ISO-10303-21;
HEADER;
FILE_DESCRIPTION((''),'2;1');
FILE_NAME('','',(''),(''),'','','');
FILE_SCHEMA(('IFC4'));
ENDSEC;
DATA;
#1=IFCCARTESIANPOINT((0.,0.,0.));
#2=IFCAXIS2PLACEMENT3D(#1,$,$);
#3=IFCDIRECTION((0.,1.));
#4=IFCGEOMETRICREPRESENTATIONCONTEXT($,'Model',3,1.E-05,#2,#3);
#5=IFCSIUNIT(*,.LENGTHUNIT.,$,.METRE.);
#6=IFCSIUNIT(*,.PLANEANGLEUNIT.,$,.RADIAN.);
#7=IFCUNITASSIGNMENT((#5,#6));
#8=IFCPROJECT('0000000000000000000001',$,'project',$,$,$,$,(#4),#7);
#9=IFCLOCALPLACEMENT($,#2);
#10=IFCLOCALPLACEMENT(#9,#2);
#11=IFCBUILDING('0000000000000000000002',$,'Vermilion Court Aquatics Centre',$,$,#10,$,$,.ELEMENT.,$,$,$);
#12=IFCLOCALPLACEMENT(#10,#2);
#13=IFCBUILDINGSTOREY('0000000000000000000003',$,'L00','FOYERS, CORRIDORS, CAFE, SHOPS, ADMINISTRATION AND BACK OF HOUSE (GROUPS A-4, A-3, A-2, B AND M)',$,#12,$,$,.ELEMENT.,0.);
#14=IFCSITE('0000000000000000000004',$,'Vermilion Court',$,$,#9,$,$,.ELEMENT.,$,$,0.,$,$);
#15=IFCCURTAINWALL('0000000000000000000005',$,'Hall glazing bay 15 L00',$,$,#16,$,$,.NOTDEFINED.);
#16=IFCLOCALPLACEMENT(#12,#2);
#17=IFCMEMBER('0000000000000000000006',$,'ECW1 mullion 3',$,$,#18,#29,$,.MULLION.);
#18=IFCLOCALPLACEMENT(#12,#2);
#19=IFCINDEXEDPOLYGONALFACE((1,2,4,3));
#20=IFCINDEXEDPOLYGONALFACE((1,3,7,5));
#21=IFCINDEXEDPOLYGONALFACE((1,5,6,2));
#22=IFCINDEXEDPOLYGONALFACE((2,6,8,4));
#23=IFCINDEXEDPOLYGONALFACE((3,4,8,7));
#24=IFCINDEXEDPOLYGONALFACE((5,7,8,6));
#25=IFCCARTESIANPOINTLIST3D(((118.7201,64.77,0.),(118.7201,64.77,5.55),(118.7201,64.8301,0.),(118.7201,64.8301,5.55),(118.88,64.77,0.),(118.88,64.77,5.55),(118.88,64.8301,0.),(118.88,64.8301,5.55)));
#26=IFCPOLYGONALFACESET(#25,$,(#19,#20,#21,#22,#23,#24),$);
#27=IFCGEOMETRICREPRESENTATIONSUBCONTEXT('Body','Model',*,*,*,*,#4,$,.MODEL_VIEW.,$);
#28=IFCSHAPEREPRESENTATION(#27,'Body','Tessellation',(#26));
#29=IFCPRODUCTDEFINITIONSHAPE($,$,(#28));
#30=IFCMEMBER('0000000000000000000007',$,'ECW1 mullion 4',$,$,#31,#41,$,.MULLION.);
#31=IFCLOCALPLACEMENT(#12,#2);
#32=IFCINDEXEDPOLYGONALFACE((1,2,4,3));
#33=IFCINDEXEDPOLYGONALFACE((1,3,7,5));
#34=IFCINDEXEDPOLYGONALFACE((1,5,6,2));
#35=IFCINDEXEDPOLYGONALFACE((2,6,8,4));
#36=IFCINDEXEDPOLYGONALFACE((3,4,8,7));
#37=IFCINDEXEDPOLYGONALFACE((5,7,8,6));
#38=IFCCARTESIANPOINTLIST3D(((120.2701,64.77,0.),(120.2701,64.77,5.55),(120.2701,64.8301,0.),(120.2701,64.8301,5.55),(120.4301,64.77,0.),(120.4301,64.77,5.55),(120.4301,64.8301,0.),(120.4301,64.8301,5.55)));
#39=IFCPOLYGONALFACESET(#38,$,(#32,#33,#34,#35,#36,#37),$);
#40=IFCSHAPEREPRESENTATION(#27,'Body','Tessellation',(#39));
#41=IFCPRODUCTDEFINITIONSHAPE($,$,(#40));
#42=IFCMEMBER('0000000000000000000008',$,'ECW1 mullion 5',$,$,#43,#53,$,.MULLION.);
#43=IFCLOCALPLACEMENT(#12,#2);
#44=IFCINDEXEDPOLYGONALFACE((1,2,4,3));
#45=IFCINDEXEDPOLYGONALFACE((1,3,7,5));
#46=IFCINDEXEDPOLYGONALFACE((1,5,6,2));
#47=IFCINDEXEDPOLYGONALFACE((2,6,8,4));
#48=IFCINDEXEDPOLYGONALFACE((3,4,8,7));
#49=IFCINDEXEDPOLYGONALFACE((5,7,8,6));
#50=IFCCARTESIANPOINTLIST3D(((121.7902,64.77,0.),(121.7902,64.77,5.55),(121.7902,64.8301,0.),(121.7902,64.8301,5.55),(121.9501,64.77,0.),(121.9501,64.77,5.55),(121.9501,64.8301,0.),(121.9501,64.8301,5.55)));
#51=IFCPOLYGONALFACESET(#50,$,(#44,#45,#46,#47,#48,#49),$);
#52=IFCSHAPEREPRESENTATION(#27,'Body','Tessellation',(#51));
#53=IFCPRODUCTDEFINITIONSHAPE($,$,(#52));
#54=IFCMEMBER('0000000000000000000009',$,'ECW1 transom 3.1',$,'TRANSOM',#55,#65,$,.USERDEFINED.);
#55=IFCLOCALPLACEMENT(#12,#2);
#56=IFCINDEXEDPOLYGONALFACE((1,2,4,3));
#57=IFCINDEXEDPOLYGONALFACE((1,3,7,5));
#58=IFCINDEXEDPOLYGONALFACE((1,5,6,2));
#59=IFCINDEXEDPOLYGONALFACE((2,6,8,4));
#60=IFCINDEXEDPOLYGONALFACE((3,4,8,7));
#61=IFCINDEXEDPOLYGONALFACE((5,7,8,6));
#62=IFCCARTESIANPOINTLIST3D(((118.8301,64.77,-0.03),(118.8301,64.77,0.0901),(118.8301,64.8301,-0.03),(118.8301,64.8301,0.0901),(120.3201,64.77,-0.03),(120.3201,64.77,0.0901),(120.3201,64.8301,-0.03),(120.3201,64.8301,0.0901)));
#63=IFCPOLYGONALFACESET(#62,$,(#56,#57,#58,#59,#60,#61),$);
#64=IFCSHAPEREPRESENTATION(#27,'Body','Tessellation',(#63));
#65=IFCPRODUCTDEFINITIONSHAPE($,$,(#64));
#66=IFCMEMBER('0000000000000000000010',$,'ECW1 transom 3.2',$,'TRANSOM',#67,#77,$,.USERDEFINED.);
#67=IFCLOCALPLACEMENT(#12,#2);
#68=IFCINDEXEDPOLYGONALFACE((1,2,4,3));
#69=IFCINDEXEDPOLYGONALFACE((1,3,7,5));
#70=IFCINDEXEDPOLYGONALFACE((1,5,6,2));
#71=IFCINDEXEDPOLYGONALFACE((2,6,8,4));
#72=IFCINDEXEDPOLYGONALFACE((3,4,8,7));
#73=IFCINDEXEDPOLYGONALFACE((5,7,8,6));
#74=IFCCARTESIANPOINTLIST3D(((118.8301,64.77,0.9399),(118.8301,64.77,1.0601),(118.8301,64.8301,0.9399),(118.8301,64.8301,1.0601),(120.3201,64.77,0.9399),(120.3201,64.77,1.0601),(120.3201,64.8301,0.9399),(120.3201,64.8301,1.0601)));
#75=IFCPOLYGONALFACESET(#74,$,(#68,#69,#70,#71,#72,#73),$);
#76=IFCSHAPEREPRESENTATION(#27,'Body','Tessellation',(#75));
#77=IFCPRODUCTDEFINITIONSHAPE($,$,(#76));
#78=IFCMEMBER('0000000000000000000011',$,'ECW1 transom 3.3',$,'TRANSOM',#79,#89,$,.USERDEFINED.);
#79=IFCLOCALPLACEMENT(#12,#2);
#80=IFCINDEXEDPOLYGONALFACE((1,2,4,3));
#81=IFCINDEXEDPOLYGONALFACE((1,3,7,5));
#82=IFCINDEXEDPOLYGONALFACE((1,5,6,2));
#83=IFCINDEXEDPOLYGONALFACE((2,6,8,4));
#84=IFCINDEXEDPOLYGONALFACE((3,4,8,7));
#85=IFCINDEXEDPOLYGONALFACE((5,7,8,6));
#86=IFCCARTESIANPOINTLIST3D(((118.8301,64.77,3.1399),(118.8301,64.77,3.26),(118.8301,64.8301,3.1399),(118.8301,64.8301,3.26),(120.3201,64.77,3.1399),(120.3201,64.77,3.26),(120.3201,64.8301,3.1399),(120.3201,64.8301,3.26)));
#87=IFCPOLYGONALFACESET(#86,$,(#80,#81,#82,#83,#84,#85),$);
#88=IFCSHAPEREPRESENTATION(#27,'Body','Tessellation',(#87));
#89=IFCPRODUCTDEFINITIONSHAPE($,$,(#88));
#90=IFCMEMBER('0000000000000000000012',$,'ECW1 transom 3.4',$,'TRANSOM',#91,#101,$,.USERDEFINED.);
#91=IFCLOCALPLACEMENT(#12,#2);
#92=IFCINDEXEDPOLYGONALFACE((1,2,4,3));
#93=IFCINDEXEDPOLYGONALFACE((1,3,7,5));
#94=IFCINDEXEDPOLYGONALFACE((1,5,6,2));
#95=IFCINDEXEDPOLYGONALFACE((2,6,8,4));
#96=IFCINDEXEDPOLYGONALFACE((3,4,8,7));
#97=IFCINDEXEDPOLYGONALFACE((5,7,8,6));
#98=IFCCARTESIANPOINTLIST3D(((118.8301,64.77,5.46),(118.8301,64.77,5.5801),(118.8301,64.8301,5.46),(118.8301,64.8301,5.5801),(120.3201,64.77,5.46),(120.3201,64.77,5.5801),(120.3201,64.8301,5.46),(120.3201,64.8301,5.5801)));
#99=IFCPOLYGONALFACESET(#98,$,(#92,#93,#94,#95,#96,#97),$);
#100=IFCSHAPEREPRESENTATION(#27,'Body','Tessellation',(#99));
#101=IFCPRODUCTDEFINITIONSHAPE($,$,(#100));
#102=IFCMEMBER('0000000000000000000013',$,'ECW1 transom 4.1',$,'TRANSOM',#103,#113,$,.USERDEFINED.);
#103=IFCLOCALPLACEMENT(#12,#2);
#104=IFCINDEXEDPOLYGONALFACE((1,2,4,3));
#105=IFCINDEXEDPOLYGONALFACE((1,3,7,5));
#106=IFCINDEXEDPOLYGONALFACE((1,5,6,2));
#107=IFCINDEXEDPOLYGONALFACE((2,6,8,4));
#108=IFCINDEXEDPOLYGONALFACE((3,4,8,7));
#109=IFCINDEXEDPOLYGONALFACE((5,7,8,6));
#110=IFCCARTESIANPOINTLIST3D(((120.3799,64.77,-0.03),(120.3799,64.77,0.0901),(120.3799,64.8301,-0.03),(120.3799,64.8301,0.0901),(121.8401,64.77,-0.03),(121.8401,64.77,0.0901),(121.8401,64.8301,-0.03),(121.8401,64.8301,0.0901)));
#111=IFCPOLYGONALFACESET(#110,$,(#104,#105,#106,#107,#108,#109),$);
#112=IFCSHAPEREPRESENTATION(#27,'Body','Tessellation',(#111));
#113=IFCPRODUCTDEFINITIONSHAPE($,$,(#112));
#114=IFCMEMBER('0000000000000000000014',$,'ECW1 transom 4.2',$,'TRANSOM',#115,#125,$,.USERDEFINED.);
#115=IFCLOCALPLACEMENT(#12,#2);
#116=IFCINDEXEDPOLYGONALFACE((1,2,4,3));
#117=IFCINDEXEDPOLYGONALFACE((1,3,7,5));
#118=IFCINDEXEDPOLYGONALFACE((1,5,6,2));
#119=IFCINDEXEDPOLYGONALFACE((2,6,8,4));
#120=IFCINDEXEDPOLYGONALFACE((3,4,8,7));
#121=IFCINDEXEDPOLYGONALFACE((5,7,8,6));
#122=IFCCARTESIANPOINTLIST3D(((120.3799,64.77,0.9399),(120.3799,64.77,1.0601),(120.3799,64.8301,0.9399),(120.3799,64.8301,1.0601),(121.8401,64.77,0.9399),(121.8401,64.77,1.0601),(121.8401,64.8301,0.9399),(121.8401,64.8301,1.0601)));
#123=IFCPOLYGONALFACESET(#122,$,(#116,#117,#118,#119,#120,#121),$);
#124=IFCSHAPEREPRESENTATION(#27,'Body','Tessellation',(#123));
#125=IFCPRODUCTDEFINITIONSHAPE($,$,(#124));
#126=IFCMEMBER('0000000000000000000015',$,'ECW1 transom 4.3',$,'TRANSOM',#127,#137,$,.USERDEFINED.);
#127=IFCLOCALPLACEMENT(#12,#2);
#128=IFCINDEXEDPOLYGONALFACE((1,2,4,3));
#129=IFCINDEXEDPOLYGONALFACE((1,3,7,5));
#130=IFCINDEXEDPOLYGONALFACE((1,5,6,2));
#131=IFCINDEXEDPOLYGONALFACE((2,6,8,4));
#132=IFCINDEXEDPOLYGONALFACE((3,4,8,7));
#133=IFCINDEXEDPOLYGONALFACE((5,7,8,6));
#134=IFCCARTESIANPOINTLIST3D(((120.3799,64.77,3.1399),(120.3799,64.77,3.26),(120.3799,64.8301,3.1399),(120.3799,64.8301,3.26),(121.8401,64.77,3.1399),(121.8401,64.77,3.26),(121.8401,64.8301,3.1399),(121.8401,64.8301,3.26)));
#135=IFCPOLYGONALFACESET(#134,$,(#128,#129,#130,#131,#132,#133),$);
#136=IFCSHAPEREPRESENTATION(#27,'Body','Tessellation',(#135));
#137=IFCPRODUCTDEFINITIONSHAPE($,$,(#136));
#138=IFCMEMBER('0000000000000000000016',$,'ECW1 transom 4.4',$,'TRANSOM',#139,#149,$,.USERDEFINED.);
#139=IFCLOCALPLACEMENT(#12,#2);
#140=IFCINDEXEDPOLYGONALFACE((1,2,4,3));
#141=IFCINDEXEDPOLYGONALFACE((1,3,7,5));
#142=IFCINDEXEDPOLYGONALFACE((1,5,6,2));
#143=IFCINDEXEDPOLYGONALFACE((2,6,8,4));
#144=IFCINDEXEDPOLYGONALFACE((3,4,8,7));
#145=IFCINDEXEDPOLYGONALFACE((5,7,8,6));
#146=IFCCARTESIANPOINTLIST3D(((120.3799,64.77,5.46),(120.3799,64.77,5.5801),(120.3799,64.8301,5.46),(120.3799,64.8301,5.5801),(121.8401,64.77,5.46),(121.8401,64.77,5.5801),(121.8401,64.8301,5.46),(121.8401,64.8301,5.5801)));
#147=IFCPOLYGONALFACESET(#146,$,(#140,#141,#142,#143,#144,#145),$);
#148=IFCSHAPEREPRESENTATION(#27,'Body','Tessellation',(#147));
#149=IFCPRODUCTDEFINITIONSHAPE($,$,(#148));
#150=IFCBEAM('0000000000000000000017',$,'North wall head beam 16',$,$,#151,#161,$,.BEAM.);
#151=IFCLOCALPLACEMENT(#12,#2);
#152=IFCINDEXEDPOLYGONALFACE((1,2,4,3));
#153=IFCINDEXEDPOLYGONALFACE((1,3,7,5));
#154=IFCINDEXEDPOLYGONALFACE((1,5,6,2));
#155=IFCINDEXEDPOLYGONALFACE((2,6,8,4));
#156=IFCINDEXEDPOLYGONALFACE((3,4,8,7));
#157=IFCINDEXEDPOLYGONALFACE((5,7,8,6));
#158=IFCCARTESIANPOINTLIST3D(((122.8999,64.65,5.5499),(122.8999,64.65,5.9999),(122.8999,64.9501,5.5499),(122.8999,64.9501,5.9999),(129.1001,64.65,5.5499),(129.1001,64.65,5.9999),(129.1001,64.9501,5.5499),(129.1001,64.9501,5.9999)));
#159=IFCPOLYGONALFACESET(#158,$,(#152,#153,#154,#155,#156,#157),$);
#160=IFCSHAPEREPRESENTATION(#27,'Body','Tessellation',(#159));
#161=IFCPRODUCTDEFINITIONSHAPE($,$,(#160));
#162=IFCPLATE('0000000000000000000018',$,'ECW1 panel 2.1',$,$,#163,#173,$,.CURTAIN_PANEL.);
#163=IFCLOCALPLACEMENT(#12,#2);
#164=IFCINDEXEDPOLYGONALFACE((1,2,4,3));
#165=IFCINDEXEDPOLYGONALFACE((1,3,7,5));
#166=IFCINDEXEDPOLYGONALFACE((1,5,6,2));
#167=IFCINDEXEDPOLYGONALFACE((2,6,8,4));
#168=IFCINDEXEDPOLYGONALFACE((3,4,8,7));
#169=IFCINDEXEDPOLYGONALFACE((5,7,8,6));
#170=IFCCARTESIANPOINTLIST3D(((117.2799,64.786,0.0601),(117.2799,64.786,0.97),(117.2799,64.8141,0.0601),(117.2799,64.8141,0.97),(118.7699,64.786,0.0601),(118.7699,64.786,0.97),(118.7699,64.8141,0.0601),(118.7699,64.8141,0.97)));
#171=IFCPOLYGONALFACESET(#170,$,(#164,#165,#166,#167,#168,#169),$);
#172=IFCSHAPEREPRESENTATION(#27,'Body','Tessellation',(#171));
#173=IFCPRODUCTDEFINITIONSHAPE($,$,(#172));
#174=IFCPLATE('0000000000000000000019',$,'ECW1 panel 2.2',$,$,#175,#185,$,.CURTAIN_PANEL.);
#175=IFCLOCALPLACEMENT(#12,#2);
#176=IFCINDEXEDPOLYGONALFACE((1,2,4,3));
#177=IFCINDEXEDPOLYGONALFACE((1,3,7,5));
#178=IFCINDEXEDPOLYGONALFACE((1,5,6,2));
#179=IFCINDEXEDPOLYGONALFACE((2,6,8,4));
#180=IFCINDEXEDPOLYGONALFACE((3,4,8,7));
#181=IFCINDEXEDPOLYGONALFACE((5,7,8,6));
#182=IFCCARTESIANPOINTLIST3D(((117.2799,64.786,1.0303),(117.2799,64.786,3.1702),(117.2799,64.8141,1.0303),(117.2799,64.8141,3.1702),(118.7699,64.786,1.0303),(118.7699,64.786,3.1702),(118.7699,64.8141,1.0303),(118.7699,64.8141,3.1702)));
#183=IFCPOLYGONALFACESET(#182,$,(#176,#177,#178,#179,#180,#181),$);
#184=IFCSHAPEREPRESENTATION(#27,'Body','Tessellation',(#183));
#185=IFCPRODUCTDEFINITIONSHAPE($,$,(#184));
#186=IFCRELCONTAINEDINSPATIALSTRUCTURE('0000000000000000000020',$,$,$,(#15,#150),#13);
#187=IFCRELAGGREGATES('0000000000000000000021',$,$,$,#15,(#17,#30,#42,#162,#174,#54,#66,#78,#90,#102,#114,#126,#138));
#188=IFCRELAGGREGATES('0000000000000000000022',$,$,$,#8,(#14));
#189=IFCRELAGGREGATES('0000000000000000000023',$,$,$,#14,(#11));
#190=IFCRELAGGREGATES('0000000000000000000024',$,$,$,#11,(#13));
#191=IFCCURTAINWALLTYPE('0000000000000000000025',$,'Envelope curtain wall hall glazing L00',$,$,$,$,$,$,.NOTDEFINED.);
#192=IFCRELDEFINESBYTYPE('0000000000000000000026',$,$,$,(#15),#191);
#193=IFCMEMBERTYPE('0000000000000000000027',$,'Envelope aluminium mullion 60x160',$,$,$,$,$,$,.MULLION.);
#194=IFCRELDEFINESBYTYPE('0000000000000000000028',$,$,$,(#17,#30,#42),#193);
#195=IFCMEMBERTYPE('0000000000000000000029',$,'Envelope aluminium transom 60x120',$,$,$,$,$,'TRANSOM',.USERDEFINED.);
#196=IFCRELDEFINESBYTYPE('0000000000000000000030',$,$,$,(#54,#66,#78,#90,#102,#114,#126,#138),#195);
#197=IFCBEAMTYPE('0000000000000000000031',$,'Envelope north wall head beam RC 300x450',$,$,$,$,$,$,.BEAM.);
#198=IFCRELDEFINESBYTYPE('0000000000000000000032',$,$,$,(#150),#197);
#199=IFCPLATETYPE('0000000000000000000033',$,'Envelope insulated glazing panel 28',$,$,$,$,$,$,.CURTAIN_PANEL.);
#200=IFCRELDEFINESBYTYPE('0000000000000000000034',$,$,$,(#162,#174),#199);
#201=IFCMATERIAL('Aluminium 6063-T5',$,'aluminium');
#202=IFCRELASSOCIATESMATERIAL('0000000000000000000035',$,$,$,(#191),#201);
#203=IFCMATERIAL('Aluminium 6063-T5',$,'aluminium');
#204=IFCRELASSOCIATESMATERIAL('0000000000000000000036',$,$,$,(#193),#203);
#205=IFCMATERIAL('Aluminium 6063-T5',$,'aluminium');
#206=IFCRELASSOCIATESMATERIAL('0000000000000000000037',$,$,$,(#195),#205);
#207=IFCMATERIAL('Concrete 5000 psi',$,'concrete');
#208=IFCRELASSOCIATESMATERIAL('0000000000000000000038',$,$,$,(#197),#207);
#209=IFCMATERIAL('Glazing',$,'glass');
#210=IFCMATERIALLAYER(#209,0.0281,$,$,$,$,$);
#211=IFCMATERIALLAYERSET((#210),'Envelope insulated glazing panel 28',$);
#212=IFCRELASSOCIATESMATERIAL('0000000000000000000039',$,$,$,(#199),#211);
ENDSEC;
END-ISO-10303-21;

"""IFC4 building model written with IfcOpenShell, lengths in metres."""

from ifc_helpers import new_model, si_unit, direction, frame, origin, origin_2d, place, context, subcontext, project, spatial, rectangle, extrude, material, layer, layer_set, material_profile, profile_set, type_object, element, aggregate, save


model = new_model("IFC4")

# Units and contexts
model_context = context("Model", 3, precision=1e-05, world=origin(), true_north=direction((0.0, 1.0)))
body_context = subcontext(model_context, "Body", "Model", "MODEL_VIEW")
ifc_project = project(units=[si_unit("LENGTHUNIT", "METRE"), si_unit("PLANEANGLEUNIT", "RADIAN")], contexts=[model_context])

# Site, building, storey
site_placement = place(None, origin())
site = spatial("IfcSite", under=ifc_project, at=site_placement, Name="Vermilion Court", CompositionType="ELEMENT", RefElevation=0.0)
building_placement = place(site_placement, origin())
building = spatial("IfcBuilding", under=site, at=building_placement, Name="Vermilion Court Aquatics Centre", CompositionType="ELEMENT")
storey_placement = place(building_placement, origin())
storey = spatial("IfcBuildingStorey", under=building, at=storey_placement, Name="L00", Description="FOYERS, CORRIDORS, CAFE, SHOPS, ADMINISTRATION AND BACK OF HOUSE (GROUPS A-4, A-3, A-2, B AND M)", CompositionType="ELEMENT", Elevation=0.0)

# Curtain wall, members
ifc_material_1 = material(Name="Aluminium 6063-T5", Category="aluminium")
curtain_wall_type = type_object("IfcCurtainWallType", Name="Envelope curtain wall hall glazing L00", PredefinedType="NOTDEFINED", material=ifc_material_1)
curtain_wall_placement = place(storey_placement, origin())
curtain_wall = element("IfcCurtainWall", 1, at=curtain_wall_placement, inside=storey, type_object=curtain_wall_type, Name="Hall glazing bay 15 L00", PredefinedType="NOTDEFINED")
ifc_material_2 = material(Name="Aluminium 6063-T5", Category="aluminium")
ifc_material_profile_1 = material_profile(ifc_material_2, rectangle(XDim=0.0601, YDim=0.1599, at=origin_2d()), Name="AL 60x160")
ifc_profile_set_1 = profile_set([ifc_material_profile_1], Name="Aluminium 6063-T5")
member_type_1 = type_object("IfcMemberType", Name="Envelope aluminium mullion 60x160", PredefinedType="MULLION", material=ifc_profile_set_1)
member_1_placement = place(storey_placement, frame((118.8, 64.8, 0.0), z_axis=(0.0, 0.0, 1.0), x_axis=(0.0, 1.0, 0.0)))
member_1 = element("IfcMember", 2, at=member_1_placement, type_object=member_type_1, Name="ECW1 mullion 3", PredefinedType="MULLION", context=body_context, shape_type="SweptSolid", body=[
    extrude(rectangle(XDim=0.0601, YDim=0.1599, at=origin_2d()), origin(), (0.0, 0.0, 1.0), 5.55),
])
member_2_placement = place(storey_placement, frame((120.3501, 64.8, 0.0), z_axis=(0.0, 0.0, 1.0), x_axis=(0.0, 1.0, 0.0)))
member_2 = element("IfcMember", 3, at=member_2_placement, type_object=member_type_1, Name="ECW1 mullion 4", PredefinedType="MULLION", context=body_context, shape_type="SweptSolid", body=[
    extrude(rectangle(XDim=0.0601, YDim=0.1599, at=origin_2d()), origin(), (0.0, 0.0, 1.0), 5.55),
])
member_3_placement = place(storey_placement, frame((121.8701, 64.8, 0.0), z_axis=(0.0, 0.0, 1.0), x_axis=(0.0, 1.0, 0.0)))
member_3 = element("IfcMember", 4, at=member_3_placement, type_object=member_type_1, Name="ECW1 mullion 5", PredefinedType="MULLION", context=body_context, shape_type="SweptSolid", body=[
    extrude(rectangle(XDim=0.0601, YDim=0.1599, at=origin_2d()), origin(), (0.0, 0.0, 1.0), 5.55),
])
ifc_material_3 = material(Name="Aluminium 6063-T5", Category="aluminium")
ifc_material_profile_2 = material_profile(ifc_material_3, rectangle(XDim=0.0601, YDim=0.1201, at=origin_2d()), Name="AL 60x120")
ifc_profile_set_2 = profile_set([ifc_material_profile_2], Name="Aluminium 6063-T5")
member_type_2 = type_object("IfcMemberType", Name="Envelope aluminium transom 60x120", ElementType="TRANSOM", PredefinedType="USERDEFINED", material=ifc_profile_set_2)
member_4_placement = place(storey_placement, frame((118.8301, 64.8, 0.03), z_axis=(1.0, 0.0, 0.0), x_axis=(0.0, 1.0, 0.0)))
member_4 = element("IfcMember", 5, at=member_4_placement, type_object=member_type_2, Name="ECW1 transom 3.1", ObjectType="TRANSOM", PredefinedType="USERDEFINED", context=body_context, shape_type="SweptSolid", body=[
    extrude(rectangle(XDim=0.0601, YDim=0.1201, at=origin_2d()), origin(), (0.0, 0.0, 1.0), 1.49),
])
member_5_placement = place(storey_placement, frame((118.8301, 64.8, 1.0), z_axis=(1.0, 0.0, 0.0), x_axis=(0.0, 1.0, 0.0)))
member_5 = element("IfcMember", 6, at=member_5_placement, type_object=member_type_2, Name="ECW1 transom 3.2", ObjectType="TRANSOM", PredefinedType="USERDEFINED", context=body_context, shape_type="SweptSolid", body=[
    extrude(rectangle(XDim=0.0601, YDim=0.1201, at=origin_2d()), origin(), (0.0, 0.0, 1.0), 1.49),
])
member_6_placement = place(storey_placement, frame((118.8301, 64.8, 3.2), z_axis=(1.0, 0.0, 0.0), x_axis=(0.0, 1.0, 0.0)))
member_6 = element("IfcMember", 7, at=member_6_placement, type_object=member_type_2, Name="ECW1 transom 3.3", ObjectType="TRANSOM", PredefinedType="USERDEFINED", context=body_context, shape_type="SweptSolid", body=[
    extrude(rectangle(XDim=0.0601, YDim=0.1201, at=origin_2d()), origin(), (0.0, 0.0, 1.0), 1.49),
])
member_7_placement = place(storey_placement, frame((118.8301, 64.8, 5.52), z_axis=(1.0, 0.0, 0.0), x_axis=(0.0, 1.0, 0.0)))
member_7 = element("IfcMember", 8, at=member_7_placement, type_object=member_type_2, Name="ECW1 transom 3.4", ObjectType="TRANSOM", PredefinedType="USERDEFINED", context=body_context, shape_type="SweptSolid", body=[
    extrude(rectangle(XDim=0.0601, YDim=0.1201, at=origin_2d()), origin(), (0.0, 0.0, 1.0), 1.49),
])
member_8_placement = place(storey_placement, frame((120.3799, 64.8, 0.03), z_axis=(1.0, 0.0, 0.0), x_axis=(0.0, 1.0, 0.0)))
member_8 = element("IfcMember", 9, at=member_8_placement, type_object=member_type_2, Name="ECW1 transom 4.1", ObjectType="TRANSOM", PredefinedType="USERDEFINED", context=body_context, shape_type="SweptSolid", body=[
    extrude(rectangle(XDim=0.0601, YDim=0.1201, at=origin_2d()), origin(), (0.0, 0.0, 1.0), 1.4602),
])
member_9_placement = place(storey_placement, frame((120.3799, 64.8, 1.0), z_axis=(1.0, 0.0, 0.0), x_axis=(0.0, 1.0, 0.0)))
member_9 = element("IfcMember", 10, at=member_9_placement, type_object=member_type_2, Name="ECW1 transom 4.2", ObjectType="TRANSOM", PredefinedType="USERDEFINED", context=body_context, shape_type="SweptSolid", body=[
    extrude(rectangle(XDim=0.0601, YDim=0.1201, at=origin_2d()), origin(), (0.0, 0.0, 1.0), 1.4602),
])
member_10_placement = place(storey_placement, frame((120.3799, 64.8, 3.2), z_axis=(1.0, 0.0, 0.0), x_axis=(0.0, 1.0, 0.0)))
member_10 = element("IfcMember", 11, at=member_10_placement, type_object=member_type_2, Name="ECW1 transom 4.3", ObjectType="TRANSOM", PredefinedType="USERDEFINED", context=body_context, shape_type="SweptSolid", body=[
    extrude(rectangle(XDim=0.0601, YDim=0.1201, at=origin_2d()), origin(), (0.0, 0.0, 1.0), 1.4602),
])
member_11_placement = place(storey_placement, frame((120.3799, 64.8, 5.52), z_axis=(1.0, 0.0, 0.0), x_axis=(0.0, 1.0, 0.0)))
member_11 = element("IfcMember", 12, at=member_11_placement, type_object=member_type_2, Name="ECW1 transom 4.4", ObjectType="TRANSOM", PredefinedType="USERDEFINED", context=body_context, shape_type="SweptSolid", body=[
    extrude(rectangle(XDim=0.0601, YDim=0.1201, at=origin_2d()), origin(), (0.0, 0.0, 1.0), 1.4602),
])

# Beam
ifc_material_4 = material(Name="Concrete 5000 psi", Category="concrete")
ifc_material_profile_3 = material_profile(ifc_material_4, rectangle(XDim=0.3, YDim=0.45, at=origin_2d()), Name="RC 300x450")
ifc_profile_set_3 = profile_set([ifc_material_profile_3], Name="Concrete 5000 psi")
beam_type = type_object("IfcBeamType", Name="Envelope north wall head beam RC 300x450", PredefinedType="BEAM", material=ifc_profile_set_3)
beam_placement = place(storey_placement, frame((122.8999, 64.8, 5.7749), z_axis=(1.0, 0.0, 0.0), x_axis=(0.0, 1.0, 0.0)))
element("IfcBeam", 13, at=beam_placement, inside=storey, type_object=beam_type, Name="North wall head beam 16", PredefinedType="BEAM", context=body_context, shape_type="SweptSolid", body=[
    extrude(rectangle(XDim=0.3, YDim=0.45, at=origin_2d()), origin(), (0.0, 0.0, 1.0), 6.2002),
])

# Plates
ifc_material_5 = material(Name="Glazing", Category="glass")
ifc_layer = layer(ifc_material_5, 0.0281)
ifc_layer_set = layer_set([ifc_layer], Name="Envelope insulated glazing panel 28")
plate_type = type_object("IfcPlateType", Name="Envelope insulated glazing panel 28", PredefinedType="CURTAIN_PANEL", material=ifc_layer_set)
plate_1_placement = place(storey_placement, frame((118.0249, 64.8, 0.0601), z_axis=(0.0, 0.0, 1.0), x_axis=(1.0, 0.0, 0.0)))
plate_1 = element("IfcPlate", 14, at=plate_1_placement, type_object=plate_type, Name="ECW1 panel 2.1", PredefinedType="CURTAIN_PANEL", context=body_context, shape_type="SweptSolid", body=[
    extrude(rectangle(XDim=1.49, YDim=0.0281, at=origin_2d()), origin(), (0.0, 0.0, 1.0), 0.9099),
])
plate_2_placement = place(storey_placement, frame((118.0249, 64.8, 1.0303), z_axis=(0.0, 0.0, 1.0), x_axis=(1.0, 0.0, 0.0)))
plate_2 = element("IfcPlate", 15, at=plate_2_placement, type_object=plate_type, Name="ECW1 panel 2.2", PredefinedType="CURTAIN_PANEL", context=body_context, shape_type="SweptSolid", body=[
    extrude(rectangle(XDim=1.49, YDim=0.0281, at=origin_2d()), origin(), (0.0, 0.0, 1.0), 2.1399),
])
aggregate(curtain_wall, [member_1, member_2, member_3, plate_1, plate_2, member_4, member_5, member_6, member_7, member_8, member_9, member_10, member_11])

save(model, "model.ifc")
